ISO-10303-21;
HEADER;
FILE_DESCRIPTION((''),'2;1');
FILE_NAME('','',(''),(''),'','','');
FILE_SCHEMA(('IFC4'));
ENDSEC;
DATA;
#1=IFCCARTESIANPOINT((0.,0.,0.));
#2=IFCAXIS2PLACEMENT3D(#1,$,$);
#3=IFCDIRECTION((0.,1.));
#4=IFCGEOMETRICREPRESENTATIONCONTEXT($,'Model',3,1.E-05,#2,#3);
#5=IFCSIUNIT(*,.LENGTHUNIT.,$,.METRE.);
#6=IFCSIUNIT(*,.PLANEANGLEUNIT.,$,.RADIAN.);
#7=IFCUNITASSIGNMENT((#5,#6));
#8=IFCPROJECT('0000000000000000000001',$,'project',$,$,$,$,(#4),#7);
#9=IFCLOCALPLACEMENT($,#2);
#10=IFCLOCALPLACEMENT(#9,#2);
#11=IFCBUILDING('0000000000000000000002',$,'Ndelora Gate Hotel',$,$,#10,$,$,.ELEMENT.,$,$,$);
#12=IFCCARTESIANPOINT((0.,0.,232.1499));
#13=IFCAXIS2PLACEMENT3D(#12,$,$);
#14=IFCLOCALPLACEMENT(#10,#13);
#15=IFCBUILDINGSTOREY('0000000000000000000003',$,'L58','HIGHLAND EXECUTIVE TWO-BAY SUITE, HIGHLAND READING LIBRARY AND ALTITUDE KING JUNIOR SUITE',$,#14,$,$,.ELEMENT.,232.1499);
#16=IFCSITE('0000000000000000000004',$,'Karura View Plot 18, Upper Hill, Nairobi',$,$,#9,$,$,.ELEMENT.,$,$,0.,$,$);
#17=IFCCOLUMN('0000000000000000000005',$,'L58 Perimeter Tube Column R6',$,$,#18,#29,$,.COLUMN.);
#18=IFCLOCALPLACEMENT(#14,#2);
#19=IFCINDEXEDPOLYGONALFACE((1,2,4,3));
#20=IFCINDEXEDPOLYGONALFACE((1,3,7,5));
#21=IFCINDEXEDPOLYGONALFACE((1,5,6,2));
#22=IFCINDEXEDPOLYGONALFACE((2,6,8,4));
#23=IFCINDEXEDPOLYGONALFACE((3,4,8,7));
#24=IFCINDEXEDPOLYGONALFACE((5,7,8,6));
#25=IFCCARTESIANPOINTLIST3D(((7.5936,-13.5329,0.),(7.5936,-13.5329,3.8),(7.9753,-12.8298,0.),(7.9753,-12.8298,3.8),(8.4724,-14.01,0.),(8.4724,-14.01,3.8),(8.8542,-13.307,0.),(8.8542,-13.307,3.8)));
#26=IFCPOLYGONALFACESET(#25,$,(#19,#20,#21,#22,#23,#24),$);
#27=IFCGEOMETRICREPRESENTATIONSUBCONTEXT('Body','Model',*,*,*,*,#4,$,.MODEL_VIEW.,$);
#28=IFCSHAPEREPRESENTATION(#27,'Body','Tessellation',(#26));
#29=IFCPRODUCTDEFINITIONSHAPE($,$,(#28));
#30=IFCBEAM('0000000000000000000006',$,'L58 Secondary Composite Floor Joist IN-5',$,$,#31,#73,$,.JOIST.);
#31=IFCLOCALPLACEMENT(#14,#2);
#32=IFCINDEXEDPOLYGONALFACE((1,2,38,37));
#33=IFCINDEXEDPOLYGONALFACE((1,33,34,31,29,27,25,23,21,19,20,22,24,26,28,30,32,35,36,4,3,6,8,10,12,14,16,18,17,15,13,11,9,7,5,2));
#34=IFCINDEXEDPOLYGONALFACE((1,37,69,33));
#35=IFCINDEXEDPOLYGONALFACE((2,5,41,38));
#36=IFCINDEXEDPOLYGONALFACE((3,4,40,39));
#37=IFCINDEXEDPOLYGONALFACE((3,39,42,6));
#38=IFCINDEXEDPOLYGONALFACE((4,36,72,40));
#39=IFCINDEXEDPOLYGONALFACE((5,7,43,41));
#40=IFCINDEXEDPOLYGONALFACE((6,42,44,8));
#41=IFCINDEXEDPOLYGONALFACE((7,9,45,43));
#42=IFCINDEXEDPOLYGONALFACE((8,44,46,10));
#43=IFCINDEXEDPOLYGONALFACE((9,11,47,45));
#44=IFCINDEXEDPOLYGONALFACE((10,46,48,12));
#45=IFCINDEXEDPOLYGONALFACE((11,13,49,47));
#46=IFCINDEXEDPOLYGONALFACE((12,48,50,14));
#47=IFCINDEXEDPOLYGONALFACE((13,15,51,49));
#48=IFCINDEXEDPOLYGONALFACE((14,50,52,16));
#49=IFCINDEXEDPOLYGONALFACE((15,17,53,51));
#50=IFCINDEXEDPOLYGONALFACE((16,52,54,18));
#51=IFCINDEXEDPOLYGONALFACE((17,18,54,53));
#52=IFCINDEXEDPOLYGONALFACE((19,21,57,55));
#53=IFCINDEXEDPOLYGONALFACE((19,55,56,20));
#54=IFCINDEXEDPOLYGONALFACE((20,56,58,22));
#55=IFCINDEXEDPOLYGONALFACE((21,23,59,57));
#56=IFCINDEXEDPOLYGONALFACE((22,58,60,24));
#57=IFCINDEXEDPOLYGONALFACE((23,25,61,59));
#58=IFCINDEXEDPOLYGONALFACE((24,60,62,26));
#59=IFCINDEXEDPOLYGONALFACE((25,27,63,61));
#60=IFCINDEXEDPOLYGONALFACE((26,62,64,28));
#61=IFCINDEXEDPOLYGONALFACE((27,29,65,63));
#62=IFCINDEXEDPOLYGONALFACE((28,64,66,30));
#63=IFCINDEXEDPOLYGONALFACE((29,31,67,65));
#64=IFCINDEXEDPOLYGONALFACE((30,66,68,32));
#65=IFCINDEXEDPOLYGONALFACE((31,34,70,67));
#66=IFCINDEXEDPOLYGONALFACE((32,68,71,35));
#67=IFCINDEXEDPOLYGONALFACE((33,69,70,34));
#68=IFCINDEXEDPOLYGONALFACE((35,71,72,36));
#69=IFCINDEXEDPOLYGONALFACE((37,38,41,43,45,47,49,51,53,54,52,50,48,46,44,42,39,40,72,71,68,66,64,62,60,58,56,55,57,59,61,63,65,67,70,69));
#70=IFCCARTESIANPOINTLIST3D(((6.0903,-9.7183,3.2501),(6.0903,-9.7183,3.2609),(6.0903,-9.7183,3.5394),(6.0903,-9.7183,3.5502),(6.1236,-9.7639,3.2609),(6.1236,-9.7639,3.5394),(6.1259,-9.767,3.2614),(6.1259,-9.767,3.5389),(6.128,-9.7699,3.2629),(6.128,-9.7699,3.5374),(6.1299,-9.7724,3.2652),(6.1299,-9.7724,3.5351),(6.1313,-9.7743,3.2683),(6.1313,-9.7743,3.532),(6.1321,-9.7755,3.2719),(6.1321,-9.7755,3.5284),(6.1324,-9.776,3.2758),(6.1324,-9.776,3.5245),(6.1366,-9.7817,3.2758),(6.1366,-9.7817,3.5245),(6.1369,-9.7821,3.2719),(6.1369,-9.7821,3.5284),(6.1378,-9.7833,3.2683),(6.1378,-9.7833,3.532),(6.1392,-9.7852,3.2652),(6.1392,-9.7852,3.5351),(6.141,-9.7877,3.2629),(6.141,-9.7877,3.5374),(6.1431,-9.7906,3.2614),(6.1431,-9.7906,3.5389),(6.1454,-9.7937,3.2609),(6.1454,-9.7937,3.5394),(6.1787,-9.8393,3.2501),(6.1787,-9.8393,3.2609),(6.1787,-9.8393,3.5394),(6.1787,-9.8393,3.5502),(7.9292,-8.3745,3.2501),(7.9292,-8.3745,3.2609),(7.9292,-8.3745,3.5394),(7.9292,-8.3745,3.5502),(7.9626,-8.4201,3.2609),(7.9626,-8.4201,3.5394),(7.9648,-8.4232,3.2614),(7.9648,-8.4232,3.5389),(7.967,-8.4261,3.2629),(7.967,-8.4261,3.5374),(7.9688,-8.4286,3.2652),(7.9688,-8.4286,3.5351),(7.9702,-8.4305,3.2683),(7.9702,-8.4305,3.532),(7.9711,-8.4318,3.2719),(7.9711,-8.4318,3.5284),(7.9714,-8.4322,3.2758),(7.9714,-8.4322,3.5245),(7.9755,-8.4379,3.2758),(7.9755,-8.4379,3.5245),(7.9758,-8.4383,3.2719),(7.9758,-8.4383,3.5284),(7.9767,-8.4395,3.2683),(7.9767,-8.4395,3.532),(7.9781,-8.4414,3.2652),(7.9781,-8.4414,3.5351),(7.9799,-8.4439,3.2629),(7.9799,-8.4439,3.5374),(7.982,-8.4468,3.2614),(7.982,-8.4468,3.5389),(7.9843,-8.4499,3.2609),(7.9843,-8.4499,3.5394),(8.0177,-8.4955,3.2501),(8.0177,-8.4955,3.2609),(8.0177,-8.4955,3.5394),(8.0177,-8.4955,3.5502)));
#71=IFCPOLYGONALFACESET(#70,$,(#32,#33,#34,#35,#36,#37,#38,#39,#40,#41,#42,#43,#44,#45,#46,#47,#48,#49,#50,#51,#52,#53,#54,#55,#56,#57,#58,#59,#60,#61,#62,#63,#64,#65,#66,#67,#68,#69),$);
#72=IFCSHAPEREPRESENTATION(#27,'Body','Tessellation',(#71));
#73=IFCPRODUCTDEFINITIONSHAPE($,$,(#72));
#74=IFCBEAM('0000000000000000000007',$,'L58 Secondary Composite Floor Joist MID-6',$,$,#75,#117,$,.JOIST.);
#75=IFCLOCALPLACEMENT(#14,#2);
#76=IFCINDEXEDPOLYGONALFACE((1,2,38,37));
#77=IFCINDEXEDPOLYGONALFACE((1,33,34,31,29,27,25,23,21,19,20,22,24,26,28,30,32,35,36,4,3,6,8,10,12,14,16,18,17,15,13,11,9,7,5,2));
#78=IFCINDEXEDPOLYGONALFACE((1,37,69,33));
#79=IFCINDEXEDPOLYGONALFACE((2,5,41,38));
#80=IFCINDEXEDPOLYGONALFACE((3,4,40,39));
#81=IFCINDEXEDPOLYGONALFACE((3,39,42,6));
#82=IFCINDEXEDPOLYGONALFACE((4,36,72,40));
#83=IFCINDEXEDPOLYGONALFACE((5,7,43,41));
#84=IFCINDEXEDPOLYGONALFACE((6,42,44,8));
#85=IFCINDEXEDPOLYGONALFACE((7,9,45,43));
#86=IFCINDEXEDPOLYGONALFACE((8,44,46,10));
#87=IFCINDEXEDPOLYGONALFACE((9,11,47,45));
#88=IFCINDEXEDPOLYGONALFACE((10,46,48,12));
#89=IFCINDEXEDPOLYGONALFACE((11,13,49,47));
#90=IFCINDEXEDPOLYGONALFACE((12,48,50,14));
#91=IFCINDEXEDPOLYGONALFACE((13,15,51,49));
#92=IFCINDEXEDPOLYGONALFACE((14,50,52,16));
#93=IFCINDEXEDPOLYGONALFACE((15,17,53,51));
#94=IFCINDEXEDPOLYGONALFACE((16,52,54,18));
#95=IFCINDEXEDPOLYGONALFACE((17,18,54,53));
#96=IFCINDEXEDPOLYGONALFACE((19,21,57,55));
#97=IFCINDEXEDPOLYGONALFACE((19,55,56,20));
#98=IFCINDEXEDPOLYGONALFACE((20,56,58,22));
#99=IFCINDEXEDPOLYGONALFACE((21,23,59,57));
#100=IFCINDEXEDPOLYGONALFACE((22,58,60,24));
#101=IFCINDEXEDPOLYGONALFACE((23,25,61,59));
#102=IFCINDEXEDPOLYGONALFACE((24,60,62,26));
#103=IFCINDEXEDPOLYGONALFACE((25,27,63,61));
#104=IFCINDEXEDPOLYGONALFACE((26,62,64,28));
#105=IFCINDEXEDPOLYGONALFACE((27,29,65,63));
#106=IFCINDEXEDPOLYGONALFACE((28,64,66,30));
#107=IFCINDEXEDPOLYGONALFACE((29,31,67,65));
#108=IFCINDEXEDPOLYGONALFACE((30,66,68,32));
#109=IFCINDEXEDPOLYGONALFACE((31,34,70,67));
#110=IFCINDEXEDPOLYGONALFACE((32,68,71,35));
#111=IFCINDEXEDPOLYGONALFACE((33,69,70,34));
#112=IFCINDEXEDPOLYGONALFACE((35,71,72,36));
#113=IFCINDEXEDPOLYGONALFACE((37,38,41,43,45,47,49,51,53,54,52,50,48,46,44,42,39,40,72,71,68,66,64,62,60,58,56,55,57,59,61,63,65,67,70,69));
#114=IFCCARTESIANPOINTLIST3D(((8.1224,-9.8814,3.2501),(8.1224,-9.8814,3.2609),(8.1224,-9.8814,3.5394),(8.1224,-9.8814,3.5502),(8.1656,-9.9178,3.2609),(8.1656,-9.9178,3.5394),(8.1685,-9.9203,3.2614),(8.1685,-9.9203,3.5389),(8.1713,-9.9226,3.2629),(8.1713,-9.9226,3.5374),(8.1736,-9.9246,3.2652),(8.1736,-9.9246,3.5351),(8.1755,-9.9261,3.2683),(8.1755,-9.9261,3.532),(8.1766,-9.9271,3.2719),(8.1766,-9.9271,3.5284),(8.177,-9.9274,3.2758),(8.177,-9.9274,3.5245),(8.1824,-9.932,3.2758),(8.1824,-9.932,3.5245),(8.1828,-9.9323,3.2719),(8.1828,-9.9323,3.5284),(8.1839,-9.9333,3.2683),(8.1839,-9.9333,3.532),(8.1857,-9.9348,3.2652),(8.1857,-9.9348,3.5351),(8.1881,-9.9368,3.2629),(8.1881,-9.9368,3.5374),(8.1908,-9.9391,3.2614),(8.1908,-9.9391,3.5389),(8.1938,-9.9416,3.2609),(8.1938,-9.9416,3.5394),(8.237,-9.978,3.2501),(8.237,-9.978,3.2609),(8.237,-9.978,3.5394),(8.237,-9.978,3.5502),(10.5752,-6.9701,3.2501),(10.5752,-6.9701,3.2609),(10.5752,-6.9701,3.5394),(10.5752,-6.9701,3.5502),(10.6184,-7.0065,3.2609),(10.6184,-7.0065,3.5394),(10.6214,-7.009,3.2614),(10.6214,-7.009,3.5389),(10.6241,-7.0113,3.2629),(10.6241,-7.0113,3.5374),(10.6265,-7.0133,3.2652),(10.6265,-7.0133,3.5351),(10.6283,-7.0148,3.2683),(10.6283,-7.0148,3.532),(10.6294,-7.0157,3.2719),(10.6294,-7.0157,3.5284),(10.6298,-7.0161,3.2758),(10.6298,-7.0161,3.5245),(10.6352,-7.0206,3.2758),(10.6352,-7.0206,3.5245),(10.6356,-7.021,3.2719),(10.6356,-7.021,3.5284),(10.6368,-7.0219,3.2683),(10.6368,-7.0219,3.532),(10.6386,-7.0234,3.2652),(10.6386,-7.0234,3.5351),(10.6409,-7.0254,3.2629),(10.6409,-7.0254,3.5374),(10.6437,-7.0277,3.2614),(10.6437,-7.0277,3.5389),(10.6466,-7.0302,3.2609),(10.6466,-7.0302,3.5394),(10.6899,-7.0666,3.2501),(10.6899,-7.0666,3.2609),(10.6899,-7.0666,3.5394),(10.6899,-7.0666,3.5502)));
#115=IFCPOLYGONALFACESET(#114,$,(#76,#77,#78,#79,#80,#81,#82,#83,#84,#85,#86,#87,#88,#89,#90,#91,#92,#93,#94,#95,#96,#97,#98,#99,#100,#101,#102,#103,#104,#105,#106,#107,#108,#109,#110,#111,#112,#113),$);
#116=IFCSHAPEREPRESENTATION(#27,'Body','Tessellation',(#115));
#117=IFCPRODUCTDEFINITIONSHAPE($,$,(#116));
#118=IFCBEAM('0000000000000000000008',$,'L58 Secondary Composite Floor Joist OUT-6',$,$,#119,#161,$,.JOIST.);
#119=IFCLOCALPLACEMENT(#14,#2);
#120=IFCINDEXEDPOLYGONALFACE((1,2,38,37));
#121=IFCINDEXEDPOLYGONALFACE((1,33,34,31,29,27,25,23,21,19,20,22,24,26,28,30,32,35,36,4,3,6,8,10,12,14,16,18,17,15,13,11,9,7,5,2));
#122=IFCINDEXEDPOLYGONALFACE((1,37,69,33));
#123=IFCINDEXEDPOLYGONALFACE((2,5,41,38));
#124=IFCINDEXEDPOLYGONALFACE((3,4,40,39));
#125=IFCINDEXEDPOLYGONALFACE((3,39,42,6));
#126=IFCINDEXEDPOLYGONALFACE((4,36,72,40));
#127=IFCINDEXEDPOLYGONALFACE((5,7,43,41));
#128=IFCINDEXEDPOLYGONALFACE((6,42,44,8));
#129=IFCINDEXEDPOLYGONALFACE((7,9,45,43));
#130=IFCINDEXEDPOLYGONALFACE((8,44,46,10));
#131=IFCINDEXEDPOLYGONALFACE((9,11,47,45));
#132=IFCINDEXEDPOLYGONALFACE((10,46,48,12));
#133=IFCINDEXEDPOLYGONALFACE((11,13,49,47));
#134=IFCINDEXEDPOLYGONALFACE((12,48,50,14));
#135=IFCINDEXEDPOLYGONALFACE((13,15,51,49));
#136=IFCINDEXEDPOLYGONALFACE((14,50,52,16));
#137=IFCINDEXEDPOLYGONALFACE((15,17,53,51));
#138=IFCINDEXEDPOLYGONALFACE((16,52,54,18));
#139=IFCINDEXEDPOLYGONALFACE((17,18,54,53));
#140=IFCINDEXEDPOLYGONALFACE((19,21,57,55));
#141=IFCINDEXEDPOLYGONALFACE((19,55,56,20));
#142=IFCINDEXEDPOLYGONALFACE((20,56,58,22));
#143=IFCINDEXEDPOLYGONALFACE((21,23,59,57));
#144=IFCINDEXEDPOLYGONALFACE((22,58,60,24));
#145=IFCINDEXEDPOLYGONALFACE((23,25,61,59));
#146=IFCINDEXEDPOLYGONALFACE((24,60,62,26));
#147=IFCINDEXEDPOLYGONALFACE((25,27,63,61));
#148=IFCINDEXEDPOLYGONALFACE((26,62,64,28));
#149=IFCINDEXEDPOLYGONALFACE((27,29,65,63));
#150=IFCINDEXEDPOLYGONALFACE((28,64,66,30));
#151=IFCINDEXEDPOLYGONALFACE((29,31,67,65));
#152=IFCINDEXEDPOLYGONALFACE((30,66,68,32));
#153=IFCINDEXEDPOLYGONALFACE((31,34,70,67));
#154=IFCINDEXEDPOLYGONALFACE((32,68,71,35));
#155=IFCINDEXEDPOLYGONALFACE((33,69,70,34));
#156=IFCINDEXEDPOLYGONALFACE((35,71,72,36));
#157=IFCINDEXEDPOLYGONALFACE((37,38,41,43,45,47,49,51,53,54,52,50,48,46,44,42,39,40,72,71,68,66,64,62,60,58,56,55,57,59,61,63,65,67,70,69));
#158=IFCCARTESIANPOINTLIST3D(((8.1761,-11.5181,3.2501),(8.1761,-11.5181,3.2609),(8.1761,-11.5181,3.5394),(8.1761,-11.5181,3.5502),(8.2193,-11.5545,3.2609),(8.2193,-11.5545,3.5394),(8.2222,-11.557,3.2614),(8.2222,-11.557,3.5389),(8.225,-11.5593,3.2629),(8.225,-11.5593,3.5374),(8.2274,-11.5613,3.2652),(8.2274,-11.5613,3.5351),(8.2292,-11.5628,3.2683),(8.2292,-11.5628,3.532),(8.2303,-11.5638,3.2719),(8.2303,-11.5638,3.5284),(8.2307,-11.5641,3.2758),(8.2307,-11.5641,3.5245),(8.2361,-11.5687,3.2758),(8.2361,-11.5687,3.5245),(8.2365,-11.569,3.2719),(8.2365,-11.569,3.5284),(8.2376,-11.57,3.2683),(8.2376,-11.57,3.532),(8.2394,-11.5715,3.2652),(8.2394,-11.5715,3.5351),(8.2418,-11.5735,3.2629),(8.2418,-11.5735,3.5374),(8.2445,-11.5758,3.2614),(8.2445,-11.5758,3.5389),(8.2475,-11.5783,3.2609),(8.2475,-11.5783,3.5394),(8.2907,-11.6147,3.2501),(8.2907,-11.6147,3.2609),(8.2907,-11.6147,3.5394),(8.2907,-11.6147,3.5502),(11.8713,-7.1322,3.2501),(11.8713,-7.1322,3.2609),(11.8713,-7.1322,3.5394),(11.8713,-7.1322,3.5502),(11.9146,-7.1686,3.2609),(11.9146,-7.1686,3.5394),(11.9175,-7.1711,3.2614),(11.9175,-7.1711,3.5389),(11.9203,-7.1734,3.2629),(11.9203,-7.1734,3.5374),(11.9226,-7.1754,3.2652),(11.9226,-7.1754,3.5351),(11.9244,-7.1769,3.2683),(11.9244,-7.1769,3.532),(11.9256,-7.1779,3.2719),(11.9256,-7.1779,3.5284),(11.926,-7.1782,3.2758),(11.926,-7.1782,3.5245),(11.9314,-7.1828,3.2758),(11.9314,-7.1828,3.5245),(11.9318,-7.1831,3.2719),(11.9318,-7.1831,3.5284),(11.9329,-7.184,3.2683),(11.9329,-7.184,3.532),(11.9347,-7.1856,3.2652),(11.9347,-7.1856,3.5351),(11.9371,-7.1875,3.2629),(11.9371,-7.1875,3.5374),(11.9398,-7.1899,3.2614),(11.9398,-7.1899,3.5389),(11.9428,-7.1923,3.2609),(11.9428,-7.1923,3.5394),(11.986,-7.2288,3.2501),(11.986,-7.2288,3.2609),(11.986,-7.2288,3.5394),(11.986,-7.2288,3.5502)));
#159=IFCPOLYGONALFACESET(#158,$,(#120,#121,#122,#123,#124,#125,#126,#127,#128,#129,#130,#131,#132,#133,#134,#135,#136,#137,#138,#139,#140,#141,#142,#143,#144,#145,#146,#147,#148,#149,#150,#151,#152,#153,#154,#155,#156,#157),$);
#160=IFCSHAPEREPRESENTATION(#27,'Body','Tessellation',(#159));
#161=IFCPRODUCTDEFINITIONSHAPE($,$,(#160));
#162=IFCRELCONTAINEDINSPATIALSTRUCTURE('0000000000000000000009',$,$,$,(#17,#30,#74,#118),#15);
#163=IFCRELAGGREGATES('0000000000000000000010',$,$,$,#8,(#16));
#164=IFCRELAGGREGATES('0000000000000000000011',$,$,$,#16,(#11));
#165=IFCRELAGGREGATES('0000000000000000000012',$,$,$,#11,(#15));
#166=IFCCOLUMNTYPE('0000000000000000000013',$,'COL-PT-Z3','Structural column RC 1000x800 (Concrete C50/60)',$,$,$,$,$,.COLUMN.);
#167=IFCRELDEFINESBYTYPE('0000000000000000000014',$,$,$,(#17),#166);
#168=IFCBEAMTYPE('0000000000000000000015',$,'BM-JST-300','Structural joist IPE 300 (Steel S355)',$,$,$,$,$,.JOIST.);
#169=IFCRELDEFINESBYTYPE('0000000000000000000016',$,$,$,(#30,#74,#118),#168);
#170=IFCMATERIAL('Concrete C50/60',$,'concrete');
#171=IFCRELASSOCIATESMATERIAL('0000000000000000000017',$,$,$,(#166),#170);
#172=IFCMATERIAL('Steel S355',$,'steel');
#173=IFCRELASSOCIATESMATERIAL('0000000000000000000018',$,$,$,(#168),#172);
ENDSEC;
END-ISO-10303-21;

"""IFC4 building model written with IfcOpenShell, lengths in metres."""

from ifc_helpers import new_model, si_unit, direction, frame, origin, origin_2d, place, context, subcontext, project, spatial, rectangle, i_section, extrude, material, material_profile, profile_set, type_object, element, save


model = new_model("IFC4")

# Units and contexts
model_context = context("Model", 3, precision=1e-05, world=origin(), true_north=direction((0.0, 1.0)))
body_context = subcontext(model_context, "Body", "Model", "MODEL_VIEW")
ifc_project = project(units=[si_unit("LENGTHUNIT", "METRE"), si_unit("PLANEANGLEUNIT", "RADIAN")], contexts=[model_context])

# Site, building, storey
site_placement = place(None, origin())
site = spatial("IfcSite", under=ifc_project, at=site_placement, Name="Karura View Plot 18, Upper Hill, Nairobi", CompositionType="ELEMENT", RefElevation=0.0)
building_placement = place(site_placement, origin())
building = spatial("IfcBuilding", under=site, at=building_placement, Name="Ndelora Gate Hotel", CompositionType="ELEMENT")
storey_placement = place(building_placement, frame((0.0, 0.0, 232.1499)))
storey = spatial("IfcBuildingStorey", under=building, at=storey_placement, Name="L58", Description="HIGHLAND EXECUTIVE TWO-BAY SUITE, HIGHLAND READING LIBRARY AND ALTITUDE KING JUNIOR SUITE", CompositionType="ELEMENT", Elevation=232.1499)

# Column
ifc_material_1 = material(Name="Concrete C50/60", Category="concrete")
ifc_material_profile_1 = material_profile(ifc_material_1, rectangle(XDim=0.8, YDim=1.0, at=origin_2d()), Name="RC 1000x800")
ifc_profile_set_1 = profile_set([ifc_material_profile_1], Name="Concrete C50/60")
column_type = type_object("IfcColumnType", Name="COL-PT-Z3", Description="Structural column RC 1000x800 (Concrete C50/60)", PredefinedType="COLUMN", material=ifc_profile_set_1)
column_placement = place(storey_placement, frame((8.2239, -13.4199, 0.0), z_axis=(0.0, 0.0, 1.0), x_axis=(0.477159, 0.878817, 0.0)))
element("IfcColumn", 1, at=column_placement, inside=storey, type_object=column_type, Name="L58 Perimeter Tube Column R6", PredefinedType="COLUMN", context=body_context, shape_type="SweptSolid", body=[
    extrude(rectangle(XDim=0.8, YDim=1.0, at=origin_2d()), origin(), (0.0, 0.0, 1.0), 3.8),
])

# Beams
ifc_material_2 = material(Name="Steel S355", Category="steel")
ifc_material_profile_2 = material_profile(ifc_material_2, i_section(OverallWidth=0.1499, OverallDepth=0.3, WebThickness=0.0071, FlangeThickness=0.0107, FilletRadius=0.0149, at=origin_2d()), Name="IPE 300")
ifc_profile_set_2 = profile_set([ifc_material_profile_2], Name="Steel S355")
beam_type_1 = type_object("IfcBeamType", Name="BM-JST-300", Description="Structural joist IPE 300 (Steel S355)", PredefinedType="JOIST", material=ifc_profile_set_2)
beam_1_placement = place(storey_placement, frame((6.1345, -9.7788, 3.4001), z_axis=(0.807399, 0.590006, 0.0), x_axis=(-0.590006, 0.807399, 0.0)))
element("IfcBeam", 2, at=beam_1_placement, inside=storey, type_object=beam_type_1, Name="L58 Secondary Composite Floor Joist IN-5", PredefinedType="JOIST", context=body_context, shape_type="SweptSolid", body=[
    extrude(i_section(OverallWidth=0.1499, OverallDepth=0.3, WebThickness=0.0071, FlangeThickness=0.0107, FilletRadius=0.0149, at=origin_2d()), origin(), (0.0, 0.0, 1.0), 2.2776),
])
beam_2_placement = place(storey_placement, frame((8.1797, -9.9297, 3.4001), z_axis=(0.644319, 0.764757, 0.0), x_axis=(-0.764757, 0.644319, 0.0)))
element("IfcBeam", 3, at=beam_2_placement, inside=storey, type_object=beam_type_1, Name="L58 Secondary Composite Floor Joist MID-6", PredefinedType="JOIST", context=body_context, shape_type="SweptSolid", body=[
    extrude(i_section(OverallWidth=0.1499, OverallDepth=0.3, WebThickness=0.0071, FlangeThickness=0.0107, FilletRadius=0.0149, at=origin_2d()), origin(), (0.0, 0.0, 1.0), 3.8069),
])
beam_3_placement = place(storey_placement, frame((8.2334, -11.5664, 3.4001), z_axis=(0.644324, 0.764752, 0.0), x_axis=(-0.764752, 0.644324, 0.0)))
element("IfcBeam", 4, at=beam_3_placement, inside=storey, type_object=beam_type_1, Name="L58 Secondary Composite Floor Joist OUT-6", PredefinedType="JOIST", context=body_context, shape_type="SweptSolid", body=[
    extrude(i_section(OverallWidth=0.1499, OverallDepth=0.3, WebThickness=0.0071, FlangeThickness=0.0107, FilletRadius=0.0149, at=origin_2d()), origin(), (0.0, 0.0, 1.0), 5.7351),
])

save(model, "model.ifc")
